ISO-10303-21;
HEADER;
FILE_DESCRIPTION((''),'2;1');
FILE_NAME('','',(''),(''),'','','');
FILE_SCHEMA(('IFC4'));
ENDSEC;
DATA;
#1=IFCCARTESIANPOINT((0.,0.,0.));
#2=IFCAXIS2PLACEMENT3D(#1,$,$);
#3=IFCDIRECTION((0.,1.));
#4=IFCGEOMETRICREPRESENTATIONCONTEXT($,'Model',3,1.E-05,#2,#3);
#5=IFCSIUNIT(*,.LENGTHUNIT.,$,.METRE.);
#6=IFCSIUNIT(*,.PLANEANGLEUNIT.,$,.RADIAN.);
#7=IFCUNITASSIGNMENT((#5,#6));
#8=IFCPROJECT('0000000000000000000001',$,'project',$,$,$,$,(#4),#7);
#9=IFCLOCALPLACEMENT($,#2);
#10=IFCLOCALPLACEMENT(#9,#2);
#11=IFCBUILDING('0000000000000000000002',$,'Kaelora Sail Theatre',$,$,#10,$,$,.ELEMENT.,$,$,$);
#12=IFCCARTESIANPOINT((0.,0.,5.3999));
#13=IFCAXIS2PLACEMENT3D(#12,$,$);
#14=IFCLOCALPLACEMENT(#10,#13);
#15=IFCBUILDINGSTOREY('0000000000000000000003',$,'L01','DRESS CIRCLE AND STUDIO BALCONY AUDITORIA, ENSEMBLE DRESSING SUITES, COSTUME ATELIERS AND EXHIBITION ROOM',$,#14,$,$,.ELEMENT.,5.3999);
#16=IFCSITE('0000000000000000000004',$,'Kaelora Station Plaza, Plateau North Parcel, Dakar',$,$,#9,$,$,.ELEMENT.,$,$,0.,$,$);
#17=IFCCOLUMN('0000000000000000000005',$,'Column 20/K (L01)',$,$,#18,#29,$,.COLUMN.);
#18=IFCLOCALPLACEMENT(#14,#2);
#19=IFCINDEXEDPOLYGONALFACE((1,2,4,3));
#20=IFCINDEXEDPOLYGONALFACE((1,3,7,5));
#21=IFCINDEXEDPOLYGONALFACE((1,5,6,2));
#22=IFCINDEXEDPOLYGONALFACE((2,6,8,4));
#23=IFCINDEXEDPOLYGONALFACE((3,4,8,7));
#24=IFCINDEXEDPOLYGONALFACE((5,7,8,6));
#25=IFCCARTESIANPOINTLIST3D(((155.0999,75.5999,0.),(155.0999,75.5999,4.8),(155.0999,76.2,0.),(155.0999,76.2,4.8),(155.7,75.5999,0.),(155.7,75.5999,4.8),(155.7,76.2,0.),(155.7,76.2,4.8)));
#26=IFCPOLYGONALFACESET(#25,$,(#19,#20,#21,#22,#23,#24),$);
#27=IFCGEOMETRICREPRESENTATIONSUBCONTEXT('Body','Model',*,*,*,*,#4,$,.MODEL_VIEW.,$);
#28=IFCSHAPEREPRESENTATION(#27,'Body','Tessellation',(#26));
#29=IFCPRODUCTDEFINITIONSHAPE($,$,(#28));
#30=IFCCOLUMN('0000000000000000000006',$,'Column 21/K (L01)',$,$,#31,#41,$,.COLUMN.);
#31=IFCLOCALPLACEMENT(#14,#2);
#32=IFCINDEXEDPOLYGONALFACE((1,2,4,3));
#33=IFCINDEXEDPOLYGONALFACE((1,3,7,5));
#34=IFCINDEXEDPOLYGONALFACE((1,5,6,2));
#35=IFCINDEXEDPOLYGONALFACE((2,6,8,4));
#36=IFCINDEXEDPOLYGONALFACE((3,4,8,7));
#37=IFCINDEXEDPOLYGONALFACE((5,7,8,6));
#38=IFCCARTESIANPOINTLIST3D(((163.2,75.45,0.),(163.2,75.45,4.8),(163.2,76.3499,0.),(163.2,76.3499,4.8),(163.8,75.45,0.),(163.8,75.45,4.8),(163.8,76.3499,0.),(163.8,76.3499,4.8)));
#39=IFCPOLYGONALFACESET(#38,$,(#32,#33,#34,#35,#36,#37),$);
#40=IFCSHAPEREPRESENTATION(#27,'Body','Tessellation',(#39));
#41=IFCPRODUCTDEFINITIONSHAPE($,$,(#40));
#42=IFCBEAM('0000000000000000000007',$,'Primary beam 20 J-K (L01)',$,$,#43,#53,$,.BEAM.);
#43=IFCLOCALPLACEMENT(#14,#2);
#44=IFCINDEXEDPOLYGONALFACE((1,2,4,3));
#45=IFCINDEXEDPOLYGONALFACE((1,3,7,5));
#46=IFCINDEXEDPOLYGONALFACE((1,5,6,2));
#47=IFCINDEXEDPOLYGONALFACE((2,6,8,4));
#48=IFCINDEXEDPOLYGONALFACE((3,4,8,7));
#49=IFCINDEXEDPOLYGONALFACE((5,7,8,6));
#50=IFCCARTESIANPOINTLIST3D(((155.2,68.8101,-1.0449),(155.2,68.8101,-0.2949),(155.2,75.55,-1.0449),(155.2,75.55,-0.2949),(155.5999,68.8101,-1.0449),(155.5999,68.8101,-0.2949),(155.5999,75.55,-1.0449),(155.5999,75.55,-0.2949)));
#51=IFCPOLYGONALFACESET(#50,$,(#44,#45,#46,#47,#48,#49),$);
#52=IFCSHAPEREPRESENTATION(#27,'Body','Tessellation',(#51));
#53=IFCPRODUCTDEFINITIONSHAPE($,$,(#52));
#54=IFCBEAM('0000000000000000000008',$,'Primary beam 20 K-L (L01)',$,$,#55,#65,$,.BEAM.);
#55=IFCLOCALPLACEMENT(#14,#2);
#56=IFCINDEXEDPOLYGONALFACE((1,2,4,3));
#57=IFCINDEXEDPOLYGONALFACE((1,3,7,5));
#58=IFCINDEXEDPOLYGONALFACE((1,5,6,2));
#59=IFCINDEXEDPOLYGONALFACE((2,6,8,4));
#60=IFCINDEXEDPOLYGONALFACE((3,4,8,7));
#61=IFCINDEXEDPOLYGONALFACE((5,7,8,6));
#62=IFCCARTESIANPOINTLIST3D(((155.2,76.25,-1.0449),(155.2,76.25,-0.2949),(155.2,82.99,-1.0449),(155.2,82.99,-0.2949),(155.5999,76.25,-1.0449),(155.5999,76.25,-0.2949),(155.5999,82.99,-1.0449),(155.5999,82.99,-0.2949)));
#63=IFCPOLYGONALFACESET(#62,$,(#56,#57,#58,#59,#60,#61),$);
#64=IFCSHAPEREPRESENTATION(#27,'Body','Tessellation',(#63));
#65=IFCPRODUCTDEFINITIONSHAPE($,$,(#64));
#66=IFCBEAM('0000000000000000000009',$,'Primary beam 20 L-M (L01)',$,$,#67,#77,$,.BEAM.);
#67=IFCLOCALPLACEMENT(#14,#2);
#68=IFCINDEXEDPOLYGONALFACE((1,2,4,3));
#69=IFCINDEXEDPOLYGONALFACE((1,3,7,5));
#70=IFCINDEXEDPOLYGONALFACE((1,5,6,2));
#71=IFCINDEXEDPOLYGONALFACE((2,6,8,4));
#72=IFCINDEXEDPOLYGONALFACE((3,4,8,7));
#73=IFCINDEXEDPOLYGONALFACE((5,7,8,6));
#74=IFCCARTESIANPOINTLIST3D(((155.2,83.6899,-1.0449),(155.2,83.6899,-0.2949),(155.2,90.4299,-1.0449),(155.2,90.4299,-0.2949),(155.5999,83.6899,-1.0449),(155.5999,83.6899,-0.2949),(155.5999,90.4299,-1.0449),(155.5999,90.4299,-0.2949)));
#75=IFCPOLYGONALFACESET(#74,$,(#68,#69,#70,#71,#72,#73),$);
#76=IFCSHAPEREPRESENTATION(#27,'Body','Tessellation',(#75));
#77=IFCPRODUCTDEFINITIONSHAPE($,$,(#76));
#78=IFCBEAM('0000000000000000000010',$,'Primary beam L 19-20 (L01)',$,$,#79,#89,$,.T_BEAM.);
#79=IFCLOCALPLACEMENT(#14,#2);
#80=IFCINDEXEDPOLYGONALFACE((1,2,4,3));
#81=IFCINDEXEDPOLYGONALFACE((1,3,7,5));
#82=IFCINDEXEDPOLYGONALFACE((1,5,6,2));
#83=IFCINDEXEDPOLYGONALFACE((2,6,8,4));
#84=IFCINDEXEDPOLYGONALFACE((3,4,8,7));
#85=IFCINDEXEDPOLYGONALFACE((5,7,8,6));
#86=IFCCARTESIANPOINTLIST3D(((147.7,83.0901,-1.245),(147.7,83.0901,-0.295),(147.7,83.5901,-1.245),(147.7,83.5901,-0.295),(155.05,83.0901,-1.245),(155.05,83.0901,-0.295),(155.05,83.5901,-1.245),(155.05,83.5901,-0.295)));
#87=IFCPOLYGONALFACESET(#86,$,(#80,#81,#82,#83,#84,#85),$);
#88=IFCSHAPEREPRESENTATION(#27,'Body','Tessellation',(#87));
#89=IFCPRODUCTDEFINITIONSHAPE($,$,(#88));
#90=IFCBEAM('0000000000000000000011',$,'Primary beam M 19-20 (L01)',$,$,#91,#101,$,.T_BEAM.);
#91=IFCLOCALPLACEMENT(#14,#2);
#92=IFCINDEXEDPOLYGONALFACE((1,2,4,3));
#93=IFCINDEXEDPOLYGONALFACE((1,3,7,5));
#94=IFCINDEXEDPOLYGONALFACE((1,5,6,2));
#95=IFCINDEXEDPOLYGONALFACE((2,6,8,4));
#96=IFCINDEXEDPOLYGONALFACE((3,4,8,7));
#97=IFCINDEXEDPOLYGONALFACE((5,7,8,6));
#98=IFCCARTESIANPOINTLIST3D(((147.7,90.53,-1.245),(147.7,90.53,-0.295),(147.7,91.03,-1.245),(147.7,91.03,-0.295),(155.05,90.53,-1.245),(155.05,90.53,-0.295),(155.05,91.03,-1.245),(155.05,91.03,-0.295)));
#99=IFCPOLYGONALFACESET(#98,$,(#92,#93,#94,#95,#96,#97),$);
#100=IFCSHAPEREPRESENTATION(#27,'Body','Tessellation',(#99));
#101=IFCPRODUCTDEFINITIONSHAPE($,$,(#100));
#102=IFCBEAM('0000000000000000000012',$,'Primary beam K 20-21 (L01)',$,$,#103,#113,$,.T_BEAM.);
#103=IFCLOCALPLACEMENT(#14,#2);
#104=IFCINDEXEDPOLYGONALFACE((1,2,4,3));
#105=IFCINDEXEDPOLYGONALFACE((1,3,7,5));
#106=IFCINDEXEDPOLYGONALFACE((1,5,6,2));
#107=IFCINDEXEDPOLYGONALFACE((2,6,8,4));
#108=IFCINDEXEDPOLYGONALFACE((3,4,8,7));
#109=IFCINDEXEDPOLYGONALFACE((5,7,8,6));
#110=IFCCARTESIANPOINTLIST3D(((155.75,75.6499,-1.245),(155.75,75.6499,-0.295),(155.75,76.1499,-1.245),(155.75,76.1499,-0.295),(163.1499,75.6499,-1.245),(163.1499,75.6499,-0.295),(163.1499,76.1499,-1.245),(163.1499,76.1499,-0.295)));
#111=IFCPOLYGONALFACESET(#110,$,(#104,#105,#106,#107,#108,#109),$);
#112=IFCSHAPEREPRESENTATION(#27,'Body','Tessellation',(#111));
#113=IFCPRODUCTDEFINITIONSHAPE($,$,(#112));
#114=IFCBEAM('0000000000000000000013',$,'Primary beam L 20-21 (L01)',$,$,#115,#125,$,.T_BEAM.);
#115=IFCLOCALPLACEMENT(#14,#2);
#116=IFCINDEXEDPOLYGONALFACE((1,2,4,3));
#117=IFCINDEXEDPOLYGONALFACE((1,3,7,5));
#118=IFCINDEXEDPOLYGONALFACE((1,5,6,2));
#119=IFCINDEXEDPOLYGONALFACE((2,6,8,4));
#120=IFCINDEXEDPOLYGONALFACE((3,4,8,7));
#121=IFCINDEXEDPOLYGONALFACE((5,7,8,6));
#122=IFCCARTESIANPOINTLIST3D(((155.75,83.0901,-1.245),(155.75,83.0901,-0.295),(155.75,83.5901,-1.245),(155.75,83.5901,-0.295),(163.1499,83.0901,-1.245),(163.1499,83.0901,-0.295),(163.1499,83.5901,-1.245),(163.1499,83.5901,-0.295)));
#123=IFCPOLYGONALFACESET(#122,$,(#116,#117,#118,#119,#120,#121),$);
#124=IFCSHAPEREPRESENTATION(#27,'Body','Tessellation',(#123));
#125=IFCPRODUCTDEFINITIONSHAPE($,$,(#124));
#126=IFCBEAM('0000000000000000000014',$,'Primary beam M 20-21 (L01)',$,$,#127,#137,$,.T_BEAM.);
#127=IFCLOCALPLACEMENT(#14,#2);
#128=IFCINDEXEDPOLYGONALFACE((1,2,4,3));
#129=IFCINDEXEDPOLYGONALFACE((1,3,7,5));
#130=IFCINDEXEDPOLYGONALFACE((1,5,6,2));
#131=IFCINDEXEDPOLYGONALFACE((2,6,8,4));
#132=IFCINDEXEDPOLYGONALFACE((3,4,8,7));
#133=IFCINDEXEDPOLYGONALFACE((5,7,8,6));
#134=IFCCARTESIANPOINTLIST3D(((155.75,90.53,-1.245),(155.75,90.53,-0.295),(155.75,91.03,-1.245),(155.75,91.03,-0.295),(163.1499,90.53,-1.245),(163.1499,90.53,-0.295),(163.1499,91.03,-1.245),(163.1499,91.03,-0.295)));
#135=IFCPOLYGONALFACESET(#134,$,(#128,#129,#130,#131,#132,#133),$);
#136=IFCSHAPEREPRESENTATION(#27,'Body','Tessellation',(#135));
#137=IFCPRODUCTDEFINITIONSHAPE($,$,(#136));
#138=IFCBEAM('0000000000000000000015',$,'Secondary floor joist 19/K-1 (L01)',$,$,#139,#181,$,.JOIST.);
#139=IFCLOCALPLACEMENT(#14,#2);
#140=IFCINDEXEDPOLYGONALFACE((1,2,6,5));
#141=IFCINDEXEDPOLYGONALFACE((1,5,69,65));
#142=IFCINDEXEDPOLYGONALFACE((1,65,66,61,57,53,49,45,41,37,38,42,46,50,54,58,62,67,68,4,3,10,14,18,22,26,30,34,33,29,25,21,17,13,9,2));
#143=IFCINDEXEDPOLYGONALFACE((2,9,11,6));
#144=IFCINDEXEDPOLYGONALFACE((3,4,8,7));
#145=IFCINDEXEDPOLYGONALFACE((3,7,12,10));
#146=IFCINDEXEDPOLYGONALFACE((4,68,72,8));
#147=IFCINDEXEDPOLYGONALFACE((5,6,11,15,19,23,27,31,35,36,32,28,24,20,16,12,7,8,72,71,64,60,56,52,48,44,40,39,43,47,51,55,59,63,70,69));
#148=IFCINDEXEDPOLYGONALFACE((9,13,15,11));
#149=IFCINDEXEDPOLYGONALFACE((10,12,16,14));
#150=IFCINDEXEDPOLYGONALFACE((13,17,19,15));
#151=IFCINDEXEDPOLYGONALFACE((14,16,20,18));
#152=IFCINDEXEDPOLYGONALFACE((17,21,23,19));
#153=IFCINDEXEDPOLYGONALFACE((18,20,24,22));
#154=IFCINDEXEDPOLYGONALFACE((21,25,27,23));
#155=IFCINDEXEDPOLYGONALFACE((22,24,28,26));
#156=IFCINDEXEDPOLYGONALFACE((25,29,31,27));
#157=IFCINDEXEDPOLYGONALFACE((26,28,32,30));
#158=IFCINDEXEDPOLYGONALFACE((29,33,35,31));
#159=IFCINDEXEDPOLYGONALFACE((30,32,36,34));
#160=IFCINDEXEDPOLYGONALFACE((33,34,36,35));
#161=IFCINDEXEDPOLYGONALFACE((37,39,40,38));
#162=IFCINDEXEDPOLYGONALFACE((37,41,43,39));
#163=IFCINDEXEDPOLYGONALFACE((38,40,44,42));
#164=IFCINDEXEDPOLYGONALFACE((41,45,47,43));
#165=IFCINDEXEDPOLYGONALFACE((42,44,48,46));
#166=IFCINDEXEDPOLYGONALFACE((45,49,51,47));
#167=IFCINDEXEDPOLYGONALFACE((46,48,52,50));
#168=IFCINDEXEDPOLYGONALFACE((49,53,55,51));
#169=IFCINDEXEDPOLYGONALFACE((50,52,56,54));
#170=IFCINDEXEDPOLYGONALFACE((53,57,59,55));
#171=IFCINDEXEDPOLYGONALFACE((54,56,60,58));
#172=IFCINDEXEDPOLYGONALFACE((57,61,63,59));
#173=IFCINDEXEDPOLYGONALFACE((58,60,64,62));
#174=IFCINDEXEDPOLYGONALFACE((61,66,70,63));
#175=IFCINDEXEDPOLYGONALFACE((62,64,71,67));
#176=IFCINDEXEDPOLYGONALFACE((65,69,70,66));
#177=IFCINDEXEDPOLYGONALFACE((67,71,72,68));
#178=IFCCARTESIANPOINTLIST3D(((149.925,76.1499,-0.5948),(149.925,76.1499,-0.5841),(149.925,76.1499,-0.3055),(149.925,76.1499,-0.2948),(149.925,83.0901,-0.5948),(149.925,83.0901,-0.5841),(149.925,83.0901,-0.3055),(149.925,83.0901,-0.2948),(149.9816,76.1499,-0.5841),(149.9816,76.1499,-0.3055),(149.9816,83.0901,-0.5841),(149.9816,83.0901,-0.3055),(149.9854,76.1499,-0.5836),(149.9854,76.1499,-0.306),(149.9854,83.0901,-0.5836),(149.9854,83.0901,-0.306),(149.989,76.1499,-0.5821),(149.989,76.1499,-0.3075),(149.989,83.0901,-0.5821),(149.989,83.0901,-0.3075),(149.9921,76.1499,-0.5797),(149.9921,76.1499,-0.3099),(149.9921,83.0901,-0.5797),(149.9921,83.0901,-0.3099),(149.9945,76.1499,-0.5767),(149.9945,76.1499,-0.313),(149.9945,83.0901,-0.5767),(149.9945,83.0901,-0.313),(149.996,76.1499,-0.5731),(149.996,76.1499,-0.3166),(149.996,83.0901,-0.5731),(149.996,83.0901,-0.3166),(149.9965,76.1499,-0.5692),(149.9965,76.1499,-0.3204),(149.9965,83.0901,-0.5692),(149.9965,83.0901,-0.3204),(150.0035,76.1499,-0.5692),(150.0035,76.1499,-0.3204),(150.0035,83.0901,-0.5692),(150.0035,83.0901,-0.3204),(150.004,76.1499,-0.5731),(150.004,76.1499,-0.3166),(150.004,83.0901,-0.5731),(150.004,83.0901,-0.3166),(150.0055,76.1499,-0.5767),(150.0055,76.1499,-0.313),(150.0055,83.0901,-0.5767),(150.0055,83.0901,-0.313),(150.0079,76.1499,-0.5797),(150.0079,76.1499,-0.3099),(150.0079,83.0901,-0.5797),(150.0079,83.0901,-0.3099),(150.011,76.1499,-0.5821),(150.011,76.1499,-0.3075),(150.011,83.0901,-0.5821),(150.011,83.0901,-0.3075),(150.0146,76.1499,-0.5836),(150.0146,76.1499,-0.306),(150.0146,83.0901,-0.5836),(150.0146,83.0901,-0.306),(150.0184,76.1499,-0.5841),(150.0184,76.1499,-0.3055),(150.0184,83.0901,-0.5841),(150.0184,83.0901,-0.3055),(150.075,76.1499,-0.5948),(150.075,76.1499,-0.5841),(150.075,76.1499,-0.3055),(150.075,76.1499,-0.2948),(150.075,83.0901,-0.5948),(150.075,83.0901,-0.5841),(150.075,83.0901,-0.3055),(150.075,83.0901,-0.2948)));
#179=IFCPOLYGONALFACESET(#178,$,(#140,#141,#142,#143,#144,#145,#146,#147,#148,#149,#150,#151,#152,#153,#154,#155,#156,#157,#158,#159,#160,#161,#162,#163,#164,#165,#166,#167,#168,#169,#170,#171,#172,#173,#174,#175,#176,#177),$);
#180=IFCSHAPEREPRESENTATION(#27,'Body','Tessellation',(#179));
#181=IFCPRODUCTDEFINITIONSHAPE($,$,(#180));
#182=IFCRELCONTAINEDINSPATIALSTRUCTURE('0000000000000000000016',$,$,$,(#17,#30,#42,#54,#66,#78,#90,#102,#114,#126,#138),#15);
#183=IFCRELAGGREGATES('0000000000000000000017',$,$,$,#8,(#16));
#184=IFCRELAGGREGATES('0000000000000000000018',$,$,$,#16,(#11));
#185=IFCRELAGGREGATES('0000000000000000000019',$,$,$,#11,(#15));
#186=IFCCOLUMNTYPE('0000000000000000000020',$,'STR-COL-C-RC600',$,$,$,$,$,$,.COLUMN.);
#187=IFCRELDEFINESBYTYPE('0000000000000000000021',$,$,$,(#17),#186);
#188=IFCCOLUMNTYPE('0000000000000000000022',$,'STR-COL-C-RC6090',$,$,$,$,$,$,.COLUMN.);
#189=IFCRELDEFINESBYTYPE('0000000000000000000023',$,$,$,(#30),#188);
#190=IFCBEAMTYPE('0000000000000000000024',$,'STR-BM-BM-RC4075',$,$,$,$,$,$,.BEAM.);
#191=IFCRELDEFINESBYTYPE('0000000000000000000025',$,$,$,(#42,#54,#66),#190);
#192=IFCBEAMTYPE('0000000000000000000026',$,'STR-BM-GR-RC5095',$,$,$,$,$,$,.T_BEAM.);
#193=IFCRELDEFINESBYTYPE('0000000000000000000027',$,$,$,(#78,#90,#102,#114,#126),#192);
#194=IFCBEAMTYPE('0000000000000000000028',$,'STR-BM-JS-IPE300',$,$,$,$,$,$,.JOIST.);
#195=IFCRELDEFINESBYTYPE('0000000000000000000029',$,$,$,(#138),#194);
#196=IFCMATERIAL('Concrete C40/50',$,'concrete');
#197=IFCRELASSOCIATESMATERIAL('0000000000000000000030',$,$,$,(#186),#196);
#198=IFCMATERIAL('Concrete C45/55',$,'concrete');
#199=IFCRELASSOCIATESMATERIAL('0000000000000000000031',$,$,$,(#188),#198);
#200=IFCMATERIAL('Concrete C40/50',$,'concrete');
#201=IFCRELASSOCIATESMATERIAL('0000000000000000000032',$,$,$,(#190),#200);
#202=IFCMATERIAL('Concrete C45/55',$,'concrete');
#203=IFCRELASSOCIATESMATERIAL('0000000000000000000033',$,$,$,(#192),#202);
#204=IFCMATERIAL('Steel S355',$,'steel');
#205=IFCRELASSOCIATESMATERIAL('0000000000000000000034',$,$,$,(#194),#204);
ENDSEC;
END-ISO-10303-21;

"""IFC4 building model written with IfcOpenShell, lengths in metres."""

from ifc_helpers import new_model, si_unit, direction, frame, origin, origin_2d, place, context, subcontext, project, spatial, rectangle, i_section, extrude, material, material_profile, profile_set, type_object, element, save


model = new_model("IFC4")

# Units and contexts
model_context = context("Model", 3, precision=1e-05, world=origin(), true_north=direction((0.0, 1.0)))
body_context = subcontext(model_context, "Body", "Model", "MODEL_VIEW")
ifc_project = project(units=[si_unit("LENGTHUNIT", "METRE"), si_unit("PLANEANGLEUNIT", "RADIAN")], contexts=[model_context])

# Site, building, storey
site_placement = place(None, origin())
site = spatial("IfcSite", under=ifc_project, at=site_placement, Name="Kaelora Station Plaza, Plateau North Parcel, Dakar", CompositionType="ELEMENT", RefElevation=0.0)
building_placement = place(site_placement, origin())
building = spatial("IfcBuilding", under=site, at=building_placement, Name="Kaelora Sail Theatre", CompositionType="ELEMENT")
storey_placement = place(building_placement, frame((0.0, 0.0, 5.3999)))
storey = spatial("IfcBuildingStorey", under=building, at=storey_placement, Name="L01", Description="DRESS CIRCLE AND STUDIO BALCONY AUDITORIA, ENSEMBLE DRESSING SUITES, COSTUME ATELIERS AND EXHIBITION ROOM", CompositionType="ELEMENT", Elevation=5.3999)

# Columns
ifc_material_1 = material(Name="Concrete C40/50", Category="concrete")
ifc_material_profile_1 = material_profile(ifc_material_1, rectangle(XDim=0.6001, YDim=0.6001, at=origin_2d()), Name="RC-COL 600x600")
ifc_profile_set_1 = profile_set([ifc_material_profile_1], Name="Concrete C40/50")
column_type_1 = type_object("IfcColumnType", Name="STR-COL-C-RC600", PredefinedType="COLUMN", material=ifc_profile_set_1)
column_1_placement = place(storey_placement, frame((155.3999, 75.8999, 0.0), z_axis=(0.0, 0.0, 1.0), x_axis=(1.0, 0.0, 0.0)))
element("IfcColumn", 1, at=column_1_placement, inside=storey, type_object=column_type_1, Name="Column 20/K (L01)", PredefinedType="COLUMN", context=body_context, shape_type="SweptSolid", body=[
    extrude(rectangle(XDim=0.6001, YDim=0.6001, at=origin_2d()), origin(), (0.0, 0.0, 1.0), 4.8),
])
ifc_material_2 = material(Name="Concrete C45/55", Category="concrete")
ifc_material_profile_2 = material_profile(ifc_material_2, rectangle(XDim=0.6001, YDim=0.8999, at=origin_2d()), Name="RC-COL 600x900")
ifc_profile_set_2 = profile_set([ifc_material_profile_2], Name="Concrete C45/55")
column_type_2 = type_object("IfcColumnType", Name="STR-COL-C-RC6090", PredefinedType="COLUMN", material=ifc_profile_set_2)
column_2_placement = place(storey_placement, frame((163.5, 75.8999, 0.0), z_axis=(0.0, 0.0, 1.0), x_axis=(1.0, 0.0, 0.0)))
element("IfcColumn", 2, at=column_2_placement, inside=storey, type_object=column_type_2, Name="Column 21/K (L01)", PredefinedType="COLUMN", context=body_context, shape_type="SweptSolid", body=[
    extrude(rectangle(XDim=0.6001, YDim=0.8999, at=origin_2d()), origin(), (0.0, 0.0, 1.0), 4.8),
])

# Beams
ifc_material_3 = material(Name="Concrete C40/50", Category="concrete")
ifc_material_profile_3 = material_profile(ifc_material_3, rectangle(XDim=0.3999, YDim=0.75, at=origin_2d()), Name="RC-BM 400x750")
ifc_profile_set_3 = profile_set([ifc_material_profile_3], Name="Concrete C40/50")
beam_type_1 = type_object("IfcBeamType", Name="STR-BM-BM-RC4075", PredefinedType="BEAM", material=ifc_profile_set_3)
for number, where, z_axis, x_axis, name in (
    (3, (155.3999, 68.8101, -0.6699), (0.0, 1.0, 0.0), (-1.0, 0.0, 0.0), "Primary beam 20 J-K (L01)"),
    (4, (155.3999, 76.25, -0.6699), (0.0, 1.0, 0.0), (-1.0, 0.0, 0.0), "Primary beam 20 K-L (L01)"),
    (5, (155.3999, 83.6899, -0.6699), (0.0, 1.0, 0.0), (-1.0, 0.0, 0.0), "Primary beam 20 L-M (L01)"),
):
    element("IfcBeam", number, at=place(storey_placement, frame(where, z_axis=z_axis, x_axis=x_axis)), inside=storey, type_object=beam_type_1, Name=name, PredefinedType="BEAM", context=body_context, shape_type="SweptSolid", body=[
        extrude(rectangle(XDim=0.3999, YDim=0.75, at=origin_2d()), origin(), (0.0, 0.0, 1.0), 6.74),
    ])
ifc_material_4 = material(Name="Concrete C45/55", Category="concrete")
ifc_material_profile_4 = material_profile(ifc_material_4, rectangle(XDim=0.5, YDim=0.95, at=origin_2d()), Name="RC-GRD 500x950")
ifc_profile_set_4 = profile_set([ifc_material_profile_4], Name="Concrete C45/55")
beam_type_2 = type_object("IfcBeamType", Name="STR-BM-GR-RC5095", PredefinedType="T_BEAM", material=ifc_profile_set_4)
for number, where, z_axis, x_axis, name in (
    (6, (147.7, 83.3401, -0.77), (1.0, 0.0, 0.0), (0.0, 1.0, 0.0), "Primary beam L 19-20 (L01)"),
    (7, (147.7, 90.78, -0.77), (1.0, 0.0, 0.0), (0.0, 1.0, 0.0), "Primary beam M 19-20 (L01)"),
):
    element("IfcBeam", number, at=place(storey_placement, frame(where, z_axis=z_axis, x_axis=x_axis)), inside=storey, type_object=beam_type_2, Name=name, PredefinedType="T_BEAM", context=body_context, shape_type="SweptSolid", body=[
        extrude(rectangle(XDim=0.5, YDim=0.95, at=origin_2d()), origin(), (0.0, 0.0, 1.0), 7.3501),
    ])
for number, where, z_axis, x_axis, name in (
    (8, (155.75, 75.8999, -0.77), (1.0, 0.0, 0.0), (0.0, 1.0, 0.0), "Primary beam K 20-21 (L01)"),
    (9, (155.75, 83.3401, -0.77), (1.0, 0.0, 0.0), (0.0, 1.0, 0.0), "Primary beam L 20-21 (L01)"),
    (10, (155.75, 90.78, -0.77), (1.0, 0.0, 0.0), (0.0, 1.0, 0.0), "Primary beam M 20-21 (L01)"),
):
    element("IfcBeam", number, at=place(storey_placement, frame(where, z_axis=z_axis, x_axis=x_axis)), inside=storey, type_object=beam_type_2, Name=name, PredefinedType="T_BEAM", context=body_context, shape_type="SweptSolid", body=[
        extrude(rectangle(XDim=0.5, YDim=0.95, at=origin_2d()), origin(), (0.0, 0.0, 1.0), 7.3999),
    ])
ifc_material_5 = material(Name="Steel S355", Category="steel")
ifc_material_profile_5 = material_profile(ifc_material_5, i_section(OverallWidth=0.1499, OverallDepth=0.3, WebThickness=0.0071, FlangeThickness=0.0107, FilletRadius=0.0149, at=origin_2d()), Name="IPE 300")
ifc_profile_set_5 = profile_set([ifc_material_profile_5], Name="Steel S355")
beam_type_3 = type_object("IfcBeamType", Name="STR-BM-JS-IPE300", PredefinedType="JOIST", material=ifc_profile_set_5)
beam_1_placement = place(storey_placement, frame((150.0, 76.1499, -0.4448), z_axis=(0.0, 1.0, 0.0), x_axis=(-1.0, 0.0, 0.0)))
element("IfcBeam", 11, at=beam_1_placement, inside=storey, type_object=beam_type_3, Name="Secondary floor joist 19/K-1 (L01)", PredefinedType="JOIST", context=body_context, shape_type="SweptSolid", body=[
    extrude(i_section(OverallWidth=0.1499, OverallDepth=0.3, WebThickness=0.0071, FlangeThickness=0.0107, FilletRadius=0.0149, at=origin_2d()), origin(), (0.0, 0.0, 1.0), 6.9402),
])

save(model, "model.ifc")
